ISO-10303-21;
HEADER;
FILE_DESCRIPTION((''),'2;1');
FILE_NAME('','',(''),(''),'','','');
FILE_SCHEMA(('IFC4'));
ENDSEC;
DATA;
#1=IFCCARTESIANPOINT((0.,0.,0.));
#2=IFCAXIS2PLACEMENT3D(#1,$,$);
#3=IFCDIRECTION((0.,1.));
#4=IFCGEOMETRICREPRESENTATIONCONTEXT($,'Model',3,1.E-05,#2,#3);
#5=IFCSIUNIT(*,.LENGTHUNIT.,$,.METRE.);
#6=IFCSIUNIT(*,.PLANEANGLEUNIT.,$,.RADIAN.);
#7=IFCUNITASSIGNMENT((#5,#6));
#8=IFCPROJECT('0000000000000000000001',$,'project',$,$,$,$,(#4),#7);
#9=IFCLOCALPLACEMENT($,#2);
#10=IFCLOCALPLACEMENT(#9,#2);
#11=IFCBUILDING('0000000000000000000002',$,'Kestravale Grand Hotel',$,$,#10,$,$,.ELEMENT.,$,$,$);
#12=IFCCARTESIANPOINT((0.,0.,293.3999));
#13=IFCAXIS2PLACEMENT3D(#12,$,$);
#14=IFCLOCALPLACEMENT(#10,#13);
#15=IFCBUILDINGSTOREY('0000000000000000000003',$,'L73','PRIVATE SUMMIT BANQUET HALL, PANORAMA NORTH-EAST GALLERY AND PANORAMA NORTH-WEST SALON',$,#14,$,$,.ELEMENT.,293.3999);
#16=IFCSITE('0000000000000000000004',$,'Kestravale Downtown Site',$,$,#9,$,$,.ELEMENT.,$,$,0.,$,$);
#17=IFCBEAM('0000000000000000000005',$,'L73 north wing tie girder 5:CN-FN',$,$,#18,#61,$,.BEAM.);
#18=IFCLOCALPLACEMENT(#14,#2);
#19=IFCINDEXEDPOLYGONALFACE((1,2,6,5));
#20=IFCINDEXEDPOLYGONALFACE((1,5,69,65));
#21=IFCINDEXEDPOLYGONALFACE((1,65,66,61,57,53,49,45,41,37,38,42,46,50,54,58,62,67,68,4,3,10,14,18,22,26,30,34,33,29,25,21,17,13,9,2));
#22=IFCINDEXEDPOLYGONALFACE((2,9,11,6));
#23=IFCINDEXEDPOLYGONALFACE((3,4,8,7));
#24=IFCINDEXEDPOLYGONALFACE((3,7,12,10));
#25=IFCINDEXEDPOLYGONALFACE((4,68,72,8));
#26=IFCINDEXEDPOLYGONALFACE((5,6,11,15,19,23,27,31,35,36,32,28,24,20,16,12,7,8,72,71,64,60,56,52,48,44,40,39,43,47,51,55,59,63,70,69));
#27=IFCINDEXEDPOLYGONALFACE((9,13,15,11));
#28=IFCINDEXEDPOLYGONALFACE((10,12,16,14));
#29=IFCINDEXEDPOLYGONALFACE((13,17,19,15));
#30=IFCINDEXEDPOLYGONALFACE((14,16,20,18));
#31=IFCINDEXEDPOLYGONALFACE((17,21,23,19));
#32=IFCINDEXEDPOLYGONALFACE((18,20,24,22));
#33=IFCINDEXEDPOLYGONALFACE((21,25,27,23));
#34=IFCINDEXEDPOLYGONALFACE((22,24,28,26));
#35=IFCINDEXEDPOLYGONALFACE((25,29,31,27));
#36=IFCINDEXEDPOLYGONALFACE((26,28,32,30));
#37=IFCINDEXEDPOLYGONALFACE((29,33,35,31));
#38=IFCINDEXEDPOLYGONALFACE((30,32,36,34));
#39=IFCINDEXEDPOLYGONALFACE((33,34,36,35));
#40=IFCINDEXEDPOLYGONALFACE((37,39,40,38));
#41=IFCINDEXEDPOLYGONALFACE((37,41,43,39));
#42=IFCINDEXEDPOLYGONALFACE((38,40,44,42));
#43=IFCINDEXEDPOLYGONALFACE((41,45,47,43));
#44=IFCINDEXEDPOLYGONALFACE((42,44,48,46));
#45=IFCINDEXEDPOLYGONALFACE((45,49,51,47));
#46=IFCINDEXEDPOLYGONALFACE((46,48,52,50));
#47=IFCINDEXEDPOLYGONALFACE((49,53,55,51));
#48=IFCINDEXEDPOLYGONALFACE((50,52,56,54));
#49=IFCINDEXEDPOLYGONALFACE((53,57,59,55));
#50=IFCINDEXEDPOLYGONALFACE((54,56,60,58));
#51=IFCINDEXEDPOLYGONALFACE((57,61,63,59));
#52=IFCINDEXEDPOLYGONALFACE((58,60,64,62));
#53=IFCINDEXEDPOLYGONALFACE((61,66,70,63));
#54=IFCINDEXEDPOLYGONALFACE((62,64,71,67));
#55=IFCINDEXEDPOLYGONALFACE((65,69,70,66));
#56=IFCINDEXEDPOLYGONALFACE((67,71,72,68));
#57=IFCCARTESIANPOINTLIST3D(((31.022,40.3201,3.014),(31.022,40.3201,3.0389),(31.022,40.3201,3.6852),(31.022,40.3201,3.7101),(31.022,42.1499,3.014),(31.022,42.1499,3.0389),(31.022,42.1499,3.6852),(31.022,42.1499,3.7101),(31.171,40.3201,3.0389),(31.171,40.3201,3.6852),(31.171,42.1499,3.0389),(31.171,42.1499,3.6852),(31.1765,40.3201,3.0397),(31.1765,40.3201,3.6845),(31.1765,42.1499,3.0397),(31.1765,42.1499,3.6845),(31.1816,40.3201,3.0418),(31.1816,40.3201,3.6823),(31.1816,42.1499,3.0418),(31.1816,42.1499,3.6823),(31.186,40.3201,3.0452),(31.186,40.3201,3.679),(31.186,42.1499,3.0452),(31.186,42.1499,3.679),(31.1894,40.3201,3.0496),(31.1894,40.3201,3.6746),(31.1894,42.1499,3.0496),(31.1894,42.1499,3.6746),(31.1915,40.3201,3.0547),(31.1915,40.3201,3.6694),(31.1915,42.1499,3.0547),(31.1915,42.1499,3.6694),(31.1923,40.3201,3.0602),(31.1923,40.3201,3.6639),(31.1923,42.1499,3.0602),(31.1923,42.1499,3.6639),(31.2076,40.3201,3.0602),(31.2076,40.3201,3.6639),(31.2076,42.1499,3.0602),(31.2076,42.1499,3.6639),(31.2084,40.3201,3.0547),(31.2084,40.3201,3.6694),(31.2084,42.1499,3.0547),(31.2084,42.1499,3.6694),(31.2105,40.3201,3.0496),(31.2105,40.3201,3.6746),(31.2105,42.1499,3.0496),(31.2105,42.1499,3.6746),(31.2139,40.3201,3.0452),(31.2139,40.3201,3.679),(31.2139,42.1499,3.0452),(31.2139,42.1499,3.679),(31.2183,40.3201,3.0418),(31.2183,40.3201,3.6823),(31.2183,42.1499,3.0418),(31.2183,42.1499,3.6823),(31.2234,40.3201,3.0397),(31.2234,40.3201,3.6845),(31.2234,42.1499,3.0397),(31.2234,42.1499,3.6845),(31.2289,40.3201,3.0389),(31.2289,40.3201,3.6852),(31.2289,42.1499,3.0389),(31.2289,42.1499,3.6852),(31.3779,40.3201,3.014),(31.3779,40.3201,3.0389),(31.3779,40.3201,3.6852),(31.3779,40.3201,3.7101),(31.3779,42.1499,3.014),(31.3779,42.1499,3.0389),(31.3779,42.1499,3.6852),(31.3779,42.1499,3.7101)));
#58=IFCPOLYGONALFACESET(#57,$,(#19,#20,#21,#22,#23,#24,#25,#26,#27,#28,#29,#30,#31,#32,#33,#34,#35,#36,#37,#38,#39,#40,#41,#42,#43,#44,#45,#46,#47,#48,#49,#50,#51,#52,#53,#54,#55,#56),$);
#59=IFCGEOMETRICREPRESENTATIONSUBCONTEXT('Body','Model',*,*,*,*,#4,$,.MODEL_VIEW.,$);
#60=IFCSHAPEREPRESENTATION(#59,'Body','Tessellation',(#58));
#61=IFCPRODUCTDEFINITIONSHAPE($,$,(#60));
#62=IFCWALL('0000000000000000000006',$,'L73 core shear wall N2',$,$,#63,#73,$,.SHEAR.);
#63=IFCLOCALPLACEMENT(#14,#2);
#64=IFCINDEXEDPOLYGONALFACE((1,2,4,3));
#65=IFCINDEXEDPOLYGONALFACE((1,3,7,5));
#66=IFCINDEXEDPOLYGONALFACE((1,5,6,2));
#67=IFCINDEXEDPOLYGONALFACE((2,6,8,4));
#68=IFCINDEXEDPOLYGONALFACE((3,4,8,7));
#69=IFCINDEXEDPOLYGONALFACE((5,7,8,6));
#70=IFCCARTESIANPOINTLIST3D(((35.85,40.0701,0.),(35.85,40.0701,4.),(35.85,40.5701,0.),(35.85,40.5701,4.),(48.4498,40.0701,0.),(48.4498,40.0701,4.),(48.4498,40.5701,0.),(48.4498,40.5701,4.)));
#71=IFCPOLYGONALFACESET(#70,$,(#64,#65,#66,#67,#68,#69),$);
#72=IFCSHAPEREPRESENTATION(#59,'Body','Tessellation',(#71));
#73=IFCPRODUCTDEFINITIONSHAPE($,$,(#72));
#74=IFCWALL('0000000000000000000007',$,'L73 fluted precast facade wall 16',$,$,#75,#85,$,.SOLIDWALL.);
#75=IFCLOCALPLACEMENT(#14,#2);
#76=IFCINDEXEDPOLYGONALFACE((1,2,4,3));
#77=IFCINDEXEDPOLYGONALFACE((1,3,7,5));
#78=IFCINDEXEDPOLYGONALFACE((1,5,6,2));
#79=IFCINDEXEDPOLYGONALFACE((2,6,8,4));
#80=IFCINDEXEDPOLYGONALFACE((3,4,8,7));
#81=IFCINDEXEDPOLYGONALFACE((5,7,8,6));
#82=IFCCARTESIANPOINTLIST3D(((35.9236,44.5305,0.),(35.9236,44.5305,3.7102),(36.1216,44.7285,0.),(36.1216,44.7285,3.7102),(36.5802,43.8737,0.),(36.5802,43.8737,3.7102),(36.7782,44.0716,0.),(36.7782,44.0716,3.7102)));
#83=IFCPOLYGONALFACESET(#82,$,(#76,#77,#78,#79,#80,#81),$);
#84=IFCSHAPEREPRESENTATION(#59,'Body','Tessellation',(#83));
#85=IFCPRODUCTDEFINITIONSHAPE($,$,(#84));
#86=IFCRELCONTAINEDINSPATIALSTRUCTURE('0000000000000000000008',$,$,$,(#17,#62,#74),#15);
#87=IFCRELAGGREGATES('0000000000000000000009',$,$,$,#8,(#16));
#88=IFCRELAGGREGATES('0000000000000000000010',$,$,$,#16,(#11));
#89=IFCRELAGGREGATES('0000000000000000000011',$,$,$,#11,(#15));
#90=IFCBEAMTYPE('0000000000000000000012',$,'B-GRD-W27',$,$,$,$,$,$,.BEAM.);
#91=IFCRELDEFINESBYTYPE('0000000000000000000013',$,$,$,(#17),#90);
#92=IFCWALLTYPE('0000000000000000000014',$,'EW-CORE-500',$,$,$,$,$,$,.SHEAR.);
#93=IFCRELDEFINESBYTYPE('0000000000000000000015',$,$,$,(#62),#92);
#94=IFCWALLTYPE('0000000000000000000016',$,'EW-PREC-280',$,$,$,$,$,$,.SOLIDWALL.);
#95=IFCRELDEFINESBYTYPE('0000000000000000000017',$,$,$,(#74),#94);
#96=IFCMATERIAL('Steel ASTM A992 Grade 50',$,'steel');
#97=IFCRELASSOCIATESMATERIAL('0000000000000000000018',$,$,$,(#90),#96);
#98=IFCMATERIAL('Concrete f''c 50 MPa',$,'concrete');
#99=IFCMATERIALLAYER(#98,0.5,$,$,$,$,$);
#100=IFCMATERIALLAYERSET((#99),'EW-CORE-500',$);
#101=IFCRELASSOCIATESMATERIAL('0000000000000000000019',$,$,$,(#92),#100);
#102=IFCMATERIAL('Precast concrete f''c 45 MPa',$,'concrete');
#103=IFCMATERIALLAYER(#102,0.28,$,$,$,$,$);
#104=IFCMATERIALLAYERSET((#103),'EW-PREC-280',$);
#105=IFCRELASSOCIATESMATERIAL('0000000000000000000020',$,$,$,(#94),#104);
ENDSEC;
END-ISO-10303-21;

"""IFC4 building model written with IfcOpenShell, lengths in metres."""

from ifc_helpers import new_model, si_unit, direction, frame, frame_2d, origin, origin_2d, place, context, subcontext, project, spatial, rectangle, i_section, extrude, material, layer, layer_set, material_profile, profile_set, type_object, element, save


model = new_model("IFC4")

# Units and contexts
model_context = context("Model", 3, precision=1e-05, world=origin(), true_north=direction((0.0, 1.0)))
body_context = subcontext(model_context, "Body", "Model", "MODEL_VIEW")
ifc_project = project(units=[si_unit("LENGTHUNIT", "METRE"), si_unit("PLANEANGLEUNIT", "RADIAN")], contexts=[model_context])

# Site, building, storey
site_placement = place(None, origin())
site = spatial("IfcSite", under=ifc_project, at=site_placement, Name="Kestravale Downtown Site", CompositionType="ELEMENT", RefElevation=0.0)
building_placement = place(site_placement, origin())
building = spatial("IfcBuilding", under=site, at=building_placement, Name="Kestravale Grand Hotel", CompositionType="ELEMENT")
storey_placement = place(building_placement, frame((0.0, 0.0, 293.3999)))
storey = spatial("IfcBuildingStorey", under=building, at=storey_placement, Name="L73", Description="PRIVATE SUMMIT BANQUET HALL, PANORAMA NORTH-EAST GALLERY AND PANORAMA NORTH-WEST SALON", CompositionType="ELEMENT", Elevation=293.3999)

# Beam
ifc_material_1 = material(Name="Steel ASTM A992 Grade 50", Category="steel")
ifc_material_profile_1 = material_profile(ifc_material_1, i_section(OverallWidth=0.356, OverallDepth=0.696, WebThickness=0.0154, FlangeThickness=0.0249, FilletRadius=0.0212, at=origin_2d()))
ifc_profile_set_1 = profile_set([ifc_material_profile_1], Name="Steel ASTM A992 Grade 50")
beam_type_1 = type_object("IfcBeamType", Name="B-GRD-W27", PredefinedType="BEAM", material=ifc_profile_set_1)
for number, where, z_axis, x_axis, name in (
    (1, (31.2, 40.3201, 3.3621), (0.0, 1.0, 0.0), (-1.0, 0.0, 0.0), "L73 north wing tie girder 5:CN-FN"),
):
    element("IfcBeam", number, at=place(storey_placement, frame(where, z_axis=z_axis, x_axis=x_axis)), inside=storey, type_object=beam_type_1, Name=name, PredefinedType="BEAM", context=body_context, shape_type="SweptSolid", body=[
        extrude(i_section(OverallWidth=0.356, OverallDepth=0.696, WebThickness=0.0154, FlangeThickness=0.0249, FilletRadius=0.0212, at=origin_2d()), origin(), (0.0, 0.0, 1.0), 1.8298),
    ])

# Wall
ifc_material_2 = material(Name="Concrete f'c 50 MPa", Category="concrete")
ifc_layer_1 = layer(ifc_material_2, 0.5)
ifc_layer_set_1 = layer_set([ifc_layer_1], Name="EW-CORE-500")
wall_type_1 = type_object("IfcWallType", Name="EW-CORE-500", PredefinedType="SHEAR", material=ifc_layer_set_1)
wall_1_placement = place(storey_placement, frame((35.8501, 40.3201, 0.0), z_axis=(0.0, 0.0, 1.0), x_axis=(1.0, 0.0, 0.0)))
element("IfcWall", 2, at=wall_1_placement, inside=storey, type_object=wall_type_1, Name="L73 core shear wall N2", PredefinedType="SHEAR", context=body_context, shape_type="SweptSolid", body=[
    extrude(rectangle(XDim=12.5999, YDim=0.5, at=frame_2d((6.2998, 0.0))), origin(), (0.0, 0.0, 1.0), 4.0),
])

# Wall
ifc_material_3 = material(Name="Precast concrete f'c 45 MPa", Category="concrete")
ifc_layer_2 = layer(ifc_material_3, 0.28)
ifc_layer_set_2 = layer_set([ifc_layer_2], Name="EW-PREC-280")
wall_type_2 = type_object("IfcWallType", Name="EW-PREC-280", PredefinedType="SOLIDWALL", material=ifc_layer_set_2)
wall_2_placement = place(storey_placement, frame((36.6792, 43.9727, 0.0), z_axis=(0.0, 0.0, 1.0), x_axis=(-0.706975, 0.707238, 0.0)))
element("IfcWall", 3, at=wall_2_placement, inside=storey, type_object=wall_type_2, Name="L73 fluted precast facade wall 16", PredefinedType="SOLIDWALL", context=body_context, shape_type="SweptSolid", body=[
    extrude(rectangle(XDim=0.9287, YDim=0.28, at=frame_2d((0.4644, 0.0))), origin(), (0.0, 0.0, 1.0), 3.7102),
])

save(model, "model.ifc")
